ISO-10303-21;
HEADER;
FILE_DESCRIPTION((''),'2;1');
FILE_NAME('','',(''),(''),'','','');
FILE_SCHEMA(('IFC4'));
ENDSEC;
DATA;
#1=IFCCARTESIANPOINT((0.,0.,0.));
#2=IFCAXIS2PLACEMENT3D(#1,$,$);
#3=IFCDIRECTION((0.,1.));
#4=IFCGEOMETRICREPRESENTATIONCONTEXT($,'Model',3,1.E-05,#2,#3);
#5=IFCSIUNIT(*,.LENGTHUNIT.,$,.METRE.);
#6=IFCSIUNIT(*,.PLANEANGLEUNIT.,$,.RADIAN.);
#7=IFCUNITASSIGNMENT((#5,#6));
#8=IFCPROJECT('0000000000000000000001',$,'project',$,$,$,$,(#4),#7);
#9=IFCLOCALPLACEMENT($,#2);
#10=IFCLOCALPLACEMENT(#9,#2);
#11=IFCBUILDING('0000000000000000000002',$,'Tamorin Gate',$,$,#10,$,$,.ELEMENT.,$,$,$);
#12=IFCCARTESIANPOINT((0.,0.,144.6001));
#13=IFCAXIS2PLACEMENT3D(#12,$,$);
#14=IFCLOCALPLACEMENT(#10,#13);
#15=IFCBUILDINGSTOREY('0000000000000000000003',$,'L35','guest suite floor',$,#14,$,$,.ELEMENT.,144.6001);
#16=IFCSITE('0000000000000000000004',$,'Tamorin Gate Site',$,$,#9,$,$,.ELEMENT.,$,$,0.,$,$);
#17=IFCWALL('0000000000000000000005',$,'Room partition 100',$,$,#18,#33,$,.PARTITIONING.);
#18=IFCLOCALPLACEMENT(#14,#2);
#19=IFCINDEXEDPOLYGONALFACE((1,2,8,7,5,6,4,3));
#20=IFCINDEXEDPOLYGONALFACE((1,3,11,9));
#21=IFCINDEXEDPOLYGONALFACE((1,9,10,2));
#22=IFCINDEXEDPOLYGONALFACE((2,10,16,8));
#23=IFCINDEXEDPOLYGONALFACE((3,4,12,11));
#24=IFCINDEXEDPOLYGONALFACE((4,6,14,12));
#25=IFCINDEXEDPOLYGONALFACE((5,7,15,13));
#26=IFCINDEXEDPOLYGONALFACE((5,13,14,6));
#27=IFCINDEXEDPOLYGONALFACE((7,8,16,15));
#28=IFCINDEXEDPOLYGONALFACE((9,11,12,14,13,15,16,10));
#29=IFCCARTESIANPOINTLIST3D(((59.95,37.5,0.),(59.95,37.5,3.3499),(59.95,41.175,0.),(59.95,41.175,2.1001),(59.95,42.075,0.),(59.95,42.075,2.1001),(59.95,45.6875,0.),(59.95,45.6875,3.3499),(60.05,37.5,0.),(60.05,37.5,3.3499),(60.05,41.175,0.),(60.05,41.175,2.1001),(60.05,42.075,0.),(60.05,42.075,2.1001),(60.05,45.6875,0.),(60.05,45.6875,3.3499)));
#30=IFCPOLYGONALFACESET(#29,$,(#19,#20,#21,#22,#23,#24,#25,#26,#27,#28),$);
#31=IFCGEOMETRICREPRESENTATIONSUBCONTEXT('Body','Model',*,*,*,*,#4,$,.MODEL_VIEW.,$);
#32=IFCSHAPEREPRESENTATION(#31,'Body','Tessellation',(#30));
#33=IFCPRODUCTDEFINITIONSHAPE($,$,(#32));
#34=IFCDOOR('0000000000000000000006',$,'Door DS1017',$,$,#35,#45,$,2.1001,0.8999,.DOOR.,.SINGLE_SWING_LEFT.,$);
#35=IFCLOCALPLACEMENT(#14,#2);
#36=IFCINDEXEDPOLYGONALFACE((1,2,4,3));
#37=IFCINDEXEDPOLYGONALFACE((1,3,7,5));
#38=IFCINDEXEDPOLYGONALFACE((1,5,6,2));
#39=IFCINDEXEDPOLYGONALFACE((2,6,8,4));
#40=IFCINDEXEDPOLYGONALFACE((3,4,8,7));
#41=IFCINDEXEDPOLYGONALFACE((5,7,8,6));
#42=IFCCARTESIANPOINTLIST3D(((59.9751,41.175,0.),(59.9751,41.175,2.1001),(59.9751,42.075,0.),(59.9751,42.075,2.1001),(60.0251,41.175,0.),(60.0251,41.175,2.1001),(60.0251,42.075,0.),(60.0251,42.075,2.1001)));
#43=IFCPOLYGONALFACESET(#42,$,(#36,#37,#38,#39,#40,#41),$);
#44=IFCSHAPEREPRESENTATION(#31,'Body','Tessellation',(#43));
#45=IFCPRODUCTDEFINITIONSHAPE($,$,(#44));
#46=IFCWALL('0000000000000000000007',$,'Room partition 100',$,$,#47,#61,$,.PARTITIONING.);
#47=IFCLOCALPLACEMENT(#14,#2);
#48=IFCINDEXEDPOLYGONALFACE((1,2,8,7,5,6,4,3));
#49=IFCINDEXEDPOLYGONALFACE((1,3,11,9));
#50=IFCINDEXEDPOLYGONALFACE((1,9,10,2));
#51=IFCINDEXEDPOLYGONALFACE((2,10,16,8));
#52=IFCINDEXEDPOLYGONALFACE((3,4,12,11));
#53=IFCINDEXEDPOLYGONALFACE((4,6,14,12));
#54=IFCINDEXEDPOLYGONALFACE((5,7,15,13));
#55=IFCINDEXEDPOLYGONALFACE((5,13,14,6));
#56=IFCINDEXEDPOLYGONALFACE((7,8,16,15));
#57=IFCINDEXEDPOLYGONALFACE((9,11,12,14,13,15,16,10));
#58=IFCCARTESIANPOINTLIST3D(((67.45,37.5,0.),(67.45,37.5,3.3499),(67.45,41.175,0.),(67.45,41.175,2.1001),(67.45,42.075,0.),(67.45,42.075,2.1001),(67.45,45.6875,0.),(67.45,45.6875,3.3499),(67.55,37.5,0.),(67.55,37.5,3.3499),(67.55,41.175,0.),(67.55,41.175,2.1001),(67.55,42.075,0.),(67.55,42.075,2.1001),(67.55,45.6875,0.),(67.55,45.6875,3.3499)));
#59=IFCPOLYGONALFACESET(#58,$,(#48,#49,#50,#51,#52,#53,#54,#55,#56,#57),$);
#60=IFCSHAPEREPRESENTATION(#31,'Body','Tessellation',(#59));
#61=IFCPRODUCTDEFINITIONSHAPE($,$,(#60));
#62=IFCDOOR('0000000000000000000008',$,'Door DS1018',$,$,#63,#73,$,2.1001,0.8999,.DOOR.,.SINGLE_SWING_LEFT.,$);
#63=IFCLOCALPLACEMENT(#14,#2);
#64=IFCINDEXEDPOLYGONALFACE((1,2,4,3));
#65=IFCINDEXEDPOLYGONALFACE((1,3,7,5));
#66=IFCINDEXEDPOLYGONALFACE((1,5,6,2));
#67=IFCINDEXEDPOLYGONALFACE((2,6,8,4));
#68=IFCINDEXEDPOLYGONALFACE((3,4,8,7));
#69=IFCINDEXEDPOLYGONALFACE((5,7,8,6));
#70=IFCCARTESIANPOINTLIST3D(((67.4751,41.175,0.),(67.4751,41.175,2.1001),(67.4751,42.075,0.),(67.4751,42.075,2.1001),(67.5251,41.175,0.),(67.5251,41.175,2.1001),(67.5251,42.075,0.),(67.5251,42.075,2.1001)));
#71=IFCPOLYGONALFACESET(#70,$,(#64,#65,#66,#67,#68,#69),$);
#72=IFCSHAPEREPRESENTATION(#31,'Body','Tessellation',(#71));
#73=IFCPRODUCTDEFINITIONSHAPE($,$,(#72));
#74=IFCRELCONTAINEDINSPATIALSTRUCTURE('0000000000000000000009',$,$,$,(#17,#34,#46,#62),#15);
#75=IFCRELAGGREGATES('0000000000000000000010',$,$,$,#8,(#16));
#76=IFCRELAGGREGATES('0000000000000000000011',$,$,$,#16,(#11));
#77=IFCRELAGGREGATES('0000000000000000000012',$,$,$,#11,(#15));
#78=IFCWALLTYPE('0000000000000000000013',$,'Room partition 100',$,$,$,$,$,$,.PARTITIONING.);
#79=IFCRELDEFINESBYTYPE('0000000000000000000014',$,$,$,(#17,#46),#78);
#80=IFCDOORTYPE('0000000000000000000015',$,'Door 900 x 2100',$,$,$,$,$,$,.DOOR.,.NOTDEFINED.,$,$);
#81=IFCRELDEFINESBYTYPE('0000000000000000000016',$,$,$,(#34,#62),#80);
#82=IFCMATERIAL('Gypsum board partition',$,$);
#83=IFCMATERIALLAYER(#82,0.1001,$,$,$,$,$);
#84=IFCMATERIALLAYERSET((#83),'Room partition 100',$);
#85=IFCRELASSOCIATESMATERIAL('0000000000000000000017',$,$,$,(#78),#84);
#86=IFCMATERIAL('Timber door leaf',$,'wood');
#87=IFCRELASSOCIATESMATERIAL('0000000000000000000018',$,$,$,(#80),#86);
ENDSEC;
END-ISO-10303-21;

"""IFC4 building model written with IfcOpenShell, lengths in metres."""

from ifc_helpers import new_model, si_unit, direction, frame, frame_2d, origin, place, context, subcontext, project, spatial, rectangle, extrude, material, layer, layer_set, type_object, element, fill, save


model = new_model("IFC4")

# Units and contexts
model_context = context("Model", 3, precision=1e-05, world=origin(), true_north=direction((0.0, 1.0)))
body_context = subcontext(model_context, "Body", "Model", "MODEL_VIEW")
ifc_project = project(units=[si_unit("LENGTHUNIT", "METRE"), si_unit("PLANEANGLEUNIT", "RADIAN")], contexts=[model_context])

# Site, building, storey
site_placement = place(None, origin())
site = spatial("IfcSite", under=ifc_project, at=site_placement, Name="Tamorin Gate Site", CompositionType="ELEMENT", RefElevation=0.0)
building_placement = place(site_placement, origin())
building = spatial("IfcBuilding", under=site, at=building_placement, Name="Tamorin Gate", CompositionType="ELEMENT")
storey_placement = place(building_placement, frame((0.0, 0.0, 144.6001)))
storey = spatial("IfcBuildingStorey", under=building, at=storey_placement, Name="L35", Description="guest suite floor", CompositionType="ELEMENT", Elevation=144.6001)

# Shared definitions
ifc_material_1 = material(Name="Gypsum board partition")

# Walls, openings, doors
ifc_layer_1 = layer(ifc_material_1, 0.1001)
ifc_layer_set_1 = layer_set([ifc_layer_1], Name="Room partition 100")
wall_type_1 = type_object("IfcWallType", Name="Room partition 100", PredefinedType="PARTITIONING", material=ifc_layer_set_1)
wall_1_placement = place(storey_placement, frame((60.0, 37.5, 0.0), z_axis=(0.0, 0.0, 1.0), x_axis=(0.0, 1.0, 0.0)))
wall_1 = element("IfcWall", 1, at=wall_1_placement, inside=storey, type_object=wall_type_1, Name="Room partition 100", PredefinedType="PARTITIONING", context=body_context, shape_type="SweptSolid", body=[
    extrude(rectangle(XDim=8.1875, YDim=0.1001, at=frame_2d((4.0938, 0.0))), origin(), (0.0, 0.0, 1.0), 3.3499),
])
opening_1_placement = place(wall_1_placement, frame((3.675, 0.0, 0.0)))
opening_1 = element("IfcOpeningElement", 2, at=opening_1_placement, cuts=wall_1, PredefinedType="OPENING", context=body_context, shape_type="SweptSolid", body=[
    extrude(rectangle(XDim=0.8999, YDim=2.1001, at=frame_2d((0.45, 1.05))), frame((0.0, 0.0601, 0.0), z_axis=(0.0, -1.0, 0.0), x_axis=(1.0, 0.0, 0.0)), (0.0, 0.0, 1.0), 0.1201),
])
ifc_material_2 = material(Name="Timber door leaf", Category="wood")
door_type = type_object("IfcDoorType", Name="Door 900 x 2100", OperationType="NOTDEFINED", PredefinedType="DOOR", material=ifc_material_2)
door_1_placement = place(opening_1_placement, origin())
door_1 = element("IfcDoor", 3, at=door_1_placement, inside=storey, type_object=door_type, Name="Door DS1017", OperationType="SINGLE_SWING_LEFT", OverallHeight=2.1001, OverallWidth=0.8999, PredefinedType="DOOR", context=body_context, shape_type="SweptSolid", body=[
    extrude(rectangle(XDim=0.8999, YDim=2.1001, at=frame_2d((0.45, 1.05))), frame((0.0, 0.0249, 0.0), z_axis=(0.0, -1.0, 0.0), x_axis=(1.0, 0.0, 0.0)), (0.0, 0.0, 1.0), 0.05),
])
fill(opening_1, door_1)
wall_2_placement = place(storey_placement, frame((67.5, 37.5, 0.0), z_axis=(0.0, 0.0, 1.0), x_axis=(0.0, 1.0, 0.0)))
wall_2 = element("IfcWall", 4, at=wall_2_placement, inside=storey, type_object=wall_type_1, Name="Room partition 100", PredefinedType="PARTITIONING", context=body_context, shape_type="SweptSolid", body=[
    extrude(rectangle(XDim=8.1875, YDim=0.1001, at=frame_2d((4.0938, 0.0))), origin(), (0.0, 0.0, 1.0), 3.3499),
])
opening_2_placement = place(wall_2_placement, frame((3.675, 0.0, 0.0)))
opening_2 = element("IfcOpeningElement", 5, at=opening_2_placement, cuts=wall_2, PredefinedType="OPENING", context=body_context, shape_type="SweptSolid", body=[
    extrude(rectangle(XDim=0.8999, YDim=2.1001, at=frame_2d((0.45, 1.05))), frame((0.0, 0.0601, 0.0), z_axis=(0.0, -1.0, 0.0), x_axis=(1.0, 0.0, 0.0)), (0.0, 0.0, 1.0), 0.1201),
])
door_2_placement = place(opening_2_placement, origin())
door_2 = element("IfcDoor", 6, at=door_2_placement, inside=storey, type_object=door_type, Name="Door DS1018", OperationType="SINGLE_SWING_LEFT", OverallHeight=2.1001, OverallWidth=0.8999, PredefinedType="DOOR", context=body_context, shape_type="SweptSolid", body=[
    extrude(rectangle(XDim=0.8999, YDim=2.1001, at=frame_2d((0.45, 1.05))), frame((0.0, 0.0249, 0.0), z_axis=(0.0, -1.0, 0.0), x_axis=(1.0, 0.0, 0.0)), (0.0, 0.0, 1.0), 0.05),
])
fill(opening_2, door_2)

save(model, "model.ifc")
